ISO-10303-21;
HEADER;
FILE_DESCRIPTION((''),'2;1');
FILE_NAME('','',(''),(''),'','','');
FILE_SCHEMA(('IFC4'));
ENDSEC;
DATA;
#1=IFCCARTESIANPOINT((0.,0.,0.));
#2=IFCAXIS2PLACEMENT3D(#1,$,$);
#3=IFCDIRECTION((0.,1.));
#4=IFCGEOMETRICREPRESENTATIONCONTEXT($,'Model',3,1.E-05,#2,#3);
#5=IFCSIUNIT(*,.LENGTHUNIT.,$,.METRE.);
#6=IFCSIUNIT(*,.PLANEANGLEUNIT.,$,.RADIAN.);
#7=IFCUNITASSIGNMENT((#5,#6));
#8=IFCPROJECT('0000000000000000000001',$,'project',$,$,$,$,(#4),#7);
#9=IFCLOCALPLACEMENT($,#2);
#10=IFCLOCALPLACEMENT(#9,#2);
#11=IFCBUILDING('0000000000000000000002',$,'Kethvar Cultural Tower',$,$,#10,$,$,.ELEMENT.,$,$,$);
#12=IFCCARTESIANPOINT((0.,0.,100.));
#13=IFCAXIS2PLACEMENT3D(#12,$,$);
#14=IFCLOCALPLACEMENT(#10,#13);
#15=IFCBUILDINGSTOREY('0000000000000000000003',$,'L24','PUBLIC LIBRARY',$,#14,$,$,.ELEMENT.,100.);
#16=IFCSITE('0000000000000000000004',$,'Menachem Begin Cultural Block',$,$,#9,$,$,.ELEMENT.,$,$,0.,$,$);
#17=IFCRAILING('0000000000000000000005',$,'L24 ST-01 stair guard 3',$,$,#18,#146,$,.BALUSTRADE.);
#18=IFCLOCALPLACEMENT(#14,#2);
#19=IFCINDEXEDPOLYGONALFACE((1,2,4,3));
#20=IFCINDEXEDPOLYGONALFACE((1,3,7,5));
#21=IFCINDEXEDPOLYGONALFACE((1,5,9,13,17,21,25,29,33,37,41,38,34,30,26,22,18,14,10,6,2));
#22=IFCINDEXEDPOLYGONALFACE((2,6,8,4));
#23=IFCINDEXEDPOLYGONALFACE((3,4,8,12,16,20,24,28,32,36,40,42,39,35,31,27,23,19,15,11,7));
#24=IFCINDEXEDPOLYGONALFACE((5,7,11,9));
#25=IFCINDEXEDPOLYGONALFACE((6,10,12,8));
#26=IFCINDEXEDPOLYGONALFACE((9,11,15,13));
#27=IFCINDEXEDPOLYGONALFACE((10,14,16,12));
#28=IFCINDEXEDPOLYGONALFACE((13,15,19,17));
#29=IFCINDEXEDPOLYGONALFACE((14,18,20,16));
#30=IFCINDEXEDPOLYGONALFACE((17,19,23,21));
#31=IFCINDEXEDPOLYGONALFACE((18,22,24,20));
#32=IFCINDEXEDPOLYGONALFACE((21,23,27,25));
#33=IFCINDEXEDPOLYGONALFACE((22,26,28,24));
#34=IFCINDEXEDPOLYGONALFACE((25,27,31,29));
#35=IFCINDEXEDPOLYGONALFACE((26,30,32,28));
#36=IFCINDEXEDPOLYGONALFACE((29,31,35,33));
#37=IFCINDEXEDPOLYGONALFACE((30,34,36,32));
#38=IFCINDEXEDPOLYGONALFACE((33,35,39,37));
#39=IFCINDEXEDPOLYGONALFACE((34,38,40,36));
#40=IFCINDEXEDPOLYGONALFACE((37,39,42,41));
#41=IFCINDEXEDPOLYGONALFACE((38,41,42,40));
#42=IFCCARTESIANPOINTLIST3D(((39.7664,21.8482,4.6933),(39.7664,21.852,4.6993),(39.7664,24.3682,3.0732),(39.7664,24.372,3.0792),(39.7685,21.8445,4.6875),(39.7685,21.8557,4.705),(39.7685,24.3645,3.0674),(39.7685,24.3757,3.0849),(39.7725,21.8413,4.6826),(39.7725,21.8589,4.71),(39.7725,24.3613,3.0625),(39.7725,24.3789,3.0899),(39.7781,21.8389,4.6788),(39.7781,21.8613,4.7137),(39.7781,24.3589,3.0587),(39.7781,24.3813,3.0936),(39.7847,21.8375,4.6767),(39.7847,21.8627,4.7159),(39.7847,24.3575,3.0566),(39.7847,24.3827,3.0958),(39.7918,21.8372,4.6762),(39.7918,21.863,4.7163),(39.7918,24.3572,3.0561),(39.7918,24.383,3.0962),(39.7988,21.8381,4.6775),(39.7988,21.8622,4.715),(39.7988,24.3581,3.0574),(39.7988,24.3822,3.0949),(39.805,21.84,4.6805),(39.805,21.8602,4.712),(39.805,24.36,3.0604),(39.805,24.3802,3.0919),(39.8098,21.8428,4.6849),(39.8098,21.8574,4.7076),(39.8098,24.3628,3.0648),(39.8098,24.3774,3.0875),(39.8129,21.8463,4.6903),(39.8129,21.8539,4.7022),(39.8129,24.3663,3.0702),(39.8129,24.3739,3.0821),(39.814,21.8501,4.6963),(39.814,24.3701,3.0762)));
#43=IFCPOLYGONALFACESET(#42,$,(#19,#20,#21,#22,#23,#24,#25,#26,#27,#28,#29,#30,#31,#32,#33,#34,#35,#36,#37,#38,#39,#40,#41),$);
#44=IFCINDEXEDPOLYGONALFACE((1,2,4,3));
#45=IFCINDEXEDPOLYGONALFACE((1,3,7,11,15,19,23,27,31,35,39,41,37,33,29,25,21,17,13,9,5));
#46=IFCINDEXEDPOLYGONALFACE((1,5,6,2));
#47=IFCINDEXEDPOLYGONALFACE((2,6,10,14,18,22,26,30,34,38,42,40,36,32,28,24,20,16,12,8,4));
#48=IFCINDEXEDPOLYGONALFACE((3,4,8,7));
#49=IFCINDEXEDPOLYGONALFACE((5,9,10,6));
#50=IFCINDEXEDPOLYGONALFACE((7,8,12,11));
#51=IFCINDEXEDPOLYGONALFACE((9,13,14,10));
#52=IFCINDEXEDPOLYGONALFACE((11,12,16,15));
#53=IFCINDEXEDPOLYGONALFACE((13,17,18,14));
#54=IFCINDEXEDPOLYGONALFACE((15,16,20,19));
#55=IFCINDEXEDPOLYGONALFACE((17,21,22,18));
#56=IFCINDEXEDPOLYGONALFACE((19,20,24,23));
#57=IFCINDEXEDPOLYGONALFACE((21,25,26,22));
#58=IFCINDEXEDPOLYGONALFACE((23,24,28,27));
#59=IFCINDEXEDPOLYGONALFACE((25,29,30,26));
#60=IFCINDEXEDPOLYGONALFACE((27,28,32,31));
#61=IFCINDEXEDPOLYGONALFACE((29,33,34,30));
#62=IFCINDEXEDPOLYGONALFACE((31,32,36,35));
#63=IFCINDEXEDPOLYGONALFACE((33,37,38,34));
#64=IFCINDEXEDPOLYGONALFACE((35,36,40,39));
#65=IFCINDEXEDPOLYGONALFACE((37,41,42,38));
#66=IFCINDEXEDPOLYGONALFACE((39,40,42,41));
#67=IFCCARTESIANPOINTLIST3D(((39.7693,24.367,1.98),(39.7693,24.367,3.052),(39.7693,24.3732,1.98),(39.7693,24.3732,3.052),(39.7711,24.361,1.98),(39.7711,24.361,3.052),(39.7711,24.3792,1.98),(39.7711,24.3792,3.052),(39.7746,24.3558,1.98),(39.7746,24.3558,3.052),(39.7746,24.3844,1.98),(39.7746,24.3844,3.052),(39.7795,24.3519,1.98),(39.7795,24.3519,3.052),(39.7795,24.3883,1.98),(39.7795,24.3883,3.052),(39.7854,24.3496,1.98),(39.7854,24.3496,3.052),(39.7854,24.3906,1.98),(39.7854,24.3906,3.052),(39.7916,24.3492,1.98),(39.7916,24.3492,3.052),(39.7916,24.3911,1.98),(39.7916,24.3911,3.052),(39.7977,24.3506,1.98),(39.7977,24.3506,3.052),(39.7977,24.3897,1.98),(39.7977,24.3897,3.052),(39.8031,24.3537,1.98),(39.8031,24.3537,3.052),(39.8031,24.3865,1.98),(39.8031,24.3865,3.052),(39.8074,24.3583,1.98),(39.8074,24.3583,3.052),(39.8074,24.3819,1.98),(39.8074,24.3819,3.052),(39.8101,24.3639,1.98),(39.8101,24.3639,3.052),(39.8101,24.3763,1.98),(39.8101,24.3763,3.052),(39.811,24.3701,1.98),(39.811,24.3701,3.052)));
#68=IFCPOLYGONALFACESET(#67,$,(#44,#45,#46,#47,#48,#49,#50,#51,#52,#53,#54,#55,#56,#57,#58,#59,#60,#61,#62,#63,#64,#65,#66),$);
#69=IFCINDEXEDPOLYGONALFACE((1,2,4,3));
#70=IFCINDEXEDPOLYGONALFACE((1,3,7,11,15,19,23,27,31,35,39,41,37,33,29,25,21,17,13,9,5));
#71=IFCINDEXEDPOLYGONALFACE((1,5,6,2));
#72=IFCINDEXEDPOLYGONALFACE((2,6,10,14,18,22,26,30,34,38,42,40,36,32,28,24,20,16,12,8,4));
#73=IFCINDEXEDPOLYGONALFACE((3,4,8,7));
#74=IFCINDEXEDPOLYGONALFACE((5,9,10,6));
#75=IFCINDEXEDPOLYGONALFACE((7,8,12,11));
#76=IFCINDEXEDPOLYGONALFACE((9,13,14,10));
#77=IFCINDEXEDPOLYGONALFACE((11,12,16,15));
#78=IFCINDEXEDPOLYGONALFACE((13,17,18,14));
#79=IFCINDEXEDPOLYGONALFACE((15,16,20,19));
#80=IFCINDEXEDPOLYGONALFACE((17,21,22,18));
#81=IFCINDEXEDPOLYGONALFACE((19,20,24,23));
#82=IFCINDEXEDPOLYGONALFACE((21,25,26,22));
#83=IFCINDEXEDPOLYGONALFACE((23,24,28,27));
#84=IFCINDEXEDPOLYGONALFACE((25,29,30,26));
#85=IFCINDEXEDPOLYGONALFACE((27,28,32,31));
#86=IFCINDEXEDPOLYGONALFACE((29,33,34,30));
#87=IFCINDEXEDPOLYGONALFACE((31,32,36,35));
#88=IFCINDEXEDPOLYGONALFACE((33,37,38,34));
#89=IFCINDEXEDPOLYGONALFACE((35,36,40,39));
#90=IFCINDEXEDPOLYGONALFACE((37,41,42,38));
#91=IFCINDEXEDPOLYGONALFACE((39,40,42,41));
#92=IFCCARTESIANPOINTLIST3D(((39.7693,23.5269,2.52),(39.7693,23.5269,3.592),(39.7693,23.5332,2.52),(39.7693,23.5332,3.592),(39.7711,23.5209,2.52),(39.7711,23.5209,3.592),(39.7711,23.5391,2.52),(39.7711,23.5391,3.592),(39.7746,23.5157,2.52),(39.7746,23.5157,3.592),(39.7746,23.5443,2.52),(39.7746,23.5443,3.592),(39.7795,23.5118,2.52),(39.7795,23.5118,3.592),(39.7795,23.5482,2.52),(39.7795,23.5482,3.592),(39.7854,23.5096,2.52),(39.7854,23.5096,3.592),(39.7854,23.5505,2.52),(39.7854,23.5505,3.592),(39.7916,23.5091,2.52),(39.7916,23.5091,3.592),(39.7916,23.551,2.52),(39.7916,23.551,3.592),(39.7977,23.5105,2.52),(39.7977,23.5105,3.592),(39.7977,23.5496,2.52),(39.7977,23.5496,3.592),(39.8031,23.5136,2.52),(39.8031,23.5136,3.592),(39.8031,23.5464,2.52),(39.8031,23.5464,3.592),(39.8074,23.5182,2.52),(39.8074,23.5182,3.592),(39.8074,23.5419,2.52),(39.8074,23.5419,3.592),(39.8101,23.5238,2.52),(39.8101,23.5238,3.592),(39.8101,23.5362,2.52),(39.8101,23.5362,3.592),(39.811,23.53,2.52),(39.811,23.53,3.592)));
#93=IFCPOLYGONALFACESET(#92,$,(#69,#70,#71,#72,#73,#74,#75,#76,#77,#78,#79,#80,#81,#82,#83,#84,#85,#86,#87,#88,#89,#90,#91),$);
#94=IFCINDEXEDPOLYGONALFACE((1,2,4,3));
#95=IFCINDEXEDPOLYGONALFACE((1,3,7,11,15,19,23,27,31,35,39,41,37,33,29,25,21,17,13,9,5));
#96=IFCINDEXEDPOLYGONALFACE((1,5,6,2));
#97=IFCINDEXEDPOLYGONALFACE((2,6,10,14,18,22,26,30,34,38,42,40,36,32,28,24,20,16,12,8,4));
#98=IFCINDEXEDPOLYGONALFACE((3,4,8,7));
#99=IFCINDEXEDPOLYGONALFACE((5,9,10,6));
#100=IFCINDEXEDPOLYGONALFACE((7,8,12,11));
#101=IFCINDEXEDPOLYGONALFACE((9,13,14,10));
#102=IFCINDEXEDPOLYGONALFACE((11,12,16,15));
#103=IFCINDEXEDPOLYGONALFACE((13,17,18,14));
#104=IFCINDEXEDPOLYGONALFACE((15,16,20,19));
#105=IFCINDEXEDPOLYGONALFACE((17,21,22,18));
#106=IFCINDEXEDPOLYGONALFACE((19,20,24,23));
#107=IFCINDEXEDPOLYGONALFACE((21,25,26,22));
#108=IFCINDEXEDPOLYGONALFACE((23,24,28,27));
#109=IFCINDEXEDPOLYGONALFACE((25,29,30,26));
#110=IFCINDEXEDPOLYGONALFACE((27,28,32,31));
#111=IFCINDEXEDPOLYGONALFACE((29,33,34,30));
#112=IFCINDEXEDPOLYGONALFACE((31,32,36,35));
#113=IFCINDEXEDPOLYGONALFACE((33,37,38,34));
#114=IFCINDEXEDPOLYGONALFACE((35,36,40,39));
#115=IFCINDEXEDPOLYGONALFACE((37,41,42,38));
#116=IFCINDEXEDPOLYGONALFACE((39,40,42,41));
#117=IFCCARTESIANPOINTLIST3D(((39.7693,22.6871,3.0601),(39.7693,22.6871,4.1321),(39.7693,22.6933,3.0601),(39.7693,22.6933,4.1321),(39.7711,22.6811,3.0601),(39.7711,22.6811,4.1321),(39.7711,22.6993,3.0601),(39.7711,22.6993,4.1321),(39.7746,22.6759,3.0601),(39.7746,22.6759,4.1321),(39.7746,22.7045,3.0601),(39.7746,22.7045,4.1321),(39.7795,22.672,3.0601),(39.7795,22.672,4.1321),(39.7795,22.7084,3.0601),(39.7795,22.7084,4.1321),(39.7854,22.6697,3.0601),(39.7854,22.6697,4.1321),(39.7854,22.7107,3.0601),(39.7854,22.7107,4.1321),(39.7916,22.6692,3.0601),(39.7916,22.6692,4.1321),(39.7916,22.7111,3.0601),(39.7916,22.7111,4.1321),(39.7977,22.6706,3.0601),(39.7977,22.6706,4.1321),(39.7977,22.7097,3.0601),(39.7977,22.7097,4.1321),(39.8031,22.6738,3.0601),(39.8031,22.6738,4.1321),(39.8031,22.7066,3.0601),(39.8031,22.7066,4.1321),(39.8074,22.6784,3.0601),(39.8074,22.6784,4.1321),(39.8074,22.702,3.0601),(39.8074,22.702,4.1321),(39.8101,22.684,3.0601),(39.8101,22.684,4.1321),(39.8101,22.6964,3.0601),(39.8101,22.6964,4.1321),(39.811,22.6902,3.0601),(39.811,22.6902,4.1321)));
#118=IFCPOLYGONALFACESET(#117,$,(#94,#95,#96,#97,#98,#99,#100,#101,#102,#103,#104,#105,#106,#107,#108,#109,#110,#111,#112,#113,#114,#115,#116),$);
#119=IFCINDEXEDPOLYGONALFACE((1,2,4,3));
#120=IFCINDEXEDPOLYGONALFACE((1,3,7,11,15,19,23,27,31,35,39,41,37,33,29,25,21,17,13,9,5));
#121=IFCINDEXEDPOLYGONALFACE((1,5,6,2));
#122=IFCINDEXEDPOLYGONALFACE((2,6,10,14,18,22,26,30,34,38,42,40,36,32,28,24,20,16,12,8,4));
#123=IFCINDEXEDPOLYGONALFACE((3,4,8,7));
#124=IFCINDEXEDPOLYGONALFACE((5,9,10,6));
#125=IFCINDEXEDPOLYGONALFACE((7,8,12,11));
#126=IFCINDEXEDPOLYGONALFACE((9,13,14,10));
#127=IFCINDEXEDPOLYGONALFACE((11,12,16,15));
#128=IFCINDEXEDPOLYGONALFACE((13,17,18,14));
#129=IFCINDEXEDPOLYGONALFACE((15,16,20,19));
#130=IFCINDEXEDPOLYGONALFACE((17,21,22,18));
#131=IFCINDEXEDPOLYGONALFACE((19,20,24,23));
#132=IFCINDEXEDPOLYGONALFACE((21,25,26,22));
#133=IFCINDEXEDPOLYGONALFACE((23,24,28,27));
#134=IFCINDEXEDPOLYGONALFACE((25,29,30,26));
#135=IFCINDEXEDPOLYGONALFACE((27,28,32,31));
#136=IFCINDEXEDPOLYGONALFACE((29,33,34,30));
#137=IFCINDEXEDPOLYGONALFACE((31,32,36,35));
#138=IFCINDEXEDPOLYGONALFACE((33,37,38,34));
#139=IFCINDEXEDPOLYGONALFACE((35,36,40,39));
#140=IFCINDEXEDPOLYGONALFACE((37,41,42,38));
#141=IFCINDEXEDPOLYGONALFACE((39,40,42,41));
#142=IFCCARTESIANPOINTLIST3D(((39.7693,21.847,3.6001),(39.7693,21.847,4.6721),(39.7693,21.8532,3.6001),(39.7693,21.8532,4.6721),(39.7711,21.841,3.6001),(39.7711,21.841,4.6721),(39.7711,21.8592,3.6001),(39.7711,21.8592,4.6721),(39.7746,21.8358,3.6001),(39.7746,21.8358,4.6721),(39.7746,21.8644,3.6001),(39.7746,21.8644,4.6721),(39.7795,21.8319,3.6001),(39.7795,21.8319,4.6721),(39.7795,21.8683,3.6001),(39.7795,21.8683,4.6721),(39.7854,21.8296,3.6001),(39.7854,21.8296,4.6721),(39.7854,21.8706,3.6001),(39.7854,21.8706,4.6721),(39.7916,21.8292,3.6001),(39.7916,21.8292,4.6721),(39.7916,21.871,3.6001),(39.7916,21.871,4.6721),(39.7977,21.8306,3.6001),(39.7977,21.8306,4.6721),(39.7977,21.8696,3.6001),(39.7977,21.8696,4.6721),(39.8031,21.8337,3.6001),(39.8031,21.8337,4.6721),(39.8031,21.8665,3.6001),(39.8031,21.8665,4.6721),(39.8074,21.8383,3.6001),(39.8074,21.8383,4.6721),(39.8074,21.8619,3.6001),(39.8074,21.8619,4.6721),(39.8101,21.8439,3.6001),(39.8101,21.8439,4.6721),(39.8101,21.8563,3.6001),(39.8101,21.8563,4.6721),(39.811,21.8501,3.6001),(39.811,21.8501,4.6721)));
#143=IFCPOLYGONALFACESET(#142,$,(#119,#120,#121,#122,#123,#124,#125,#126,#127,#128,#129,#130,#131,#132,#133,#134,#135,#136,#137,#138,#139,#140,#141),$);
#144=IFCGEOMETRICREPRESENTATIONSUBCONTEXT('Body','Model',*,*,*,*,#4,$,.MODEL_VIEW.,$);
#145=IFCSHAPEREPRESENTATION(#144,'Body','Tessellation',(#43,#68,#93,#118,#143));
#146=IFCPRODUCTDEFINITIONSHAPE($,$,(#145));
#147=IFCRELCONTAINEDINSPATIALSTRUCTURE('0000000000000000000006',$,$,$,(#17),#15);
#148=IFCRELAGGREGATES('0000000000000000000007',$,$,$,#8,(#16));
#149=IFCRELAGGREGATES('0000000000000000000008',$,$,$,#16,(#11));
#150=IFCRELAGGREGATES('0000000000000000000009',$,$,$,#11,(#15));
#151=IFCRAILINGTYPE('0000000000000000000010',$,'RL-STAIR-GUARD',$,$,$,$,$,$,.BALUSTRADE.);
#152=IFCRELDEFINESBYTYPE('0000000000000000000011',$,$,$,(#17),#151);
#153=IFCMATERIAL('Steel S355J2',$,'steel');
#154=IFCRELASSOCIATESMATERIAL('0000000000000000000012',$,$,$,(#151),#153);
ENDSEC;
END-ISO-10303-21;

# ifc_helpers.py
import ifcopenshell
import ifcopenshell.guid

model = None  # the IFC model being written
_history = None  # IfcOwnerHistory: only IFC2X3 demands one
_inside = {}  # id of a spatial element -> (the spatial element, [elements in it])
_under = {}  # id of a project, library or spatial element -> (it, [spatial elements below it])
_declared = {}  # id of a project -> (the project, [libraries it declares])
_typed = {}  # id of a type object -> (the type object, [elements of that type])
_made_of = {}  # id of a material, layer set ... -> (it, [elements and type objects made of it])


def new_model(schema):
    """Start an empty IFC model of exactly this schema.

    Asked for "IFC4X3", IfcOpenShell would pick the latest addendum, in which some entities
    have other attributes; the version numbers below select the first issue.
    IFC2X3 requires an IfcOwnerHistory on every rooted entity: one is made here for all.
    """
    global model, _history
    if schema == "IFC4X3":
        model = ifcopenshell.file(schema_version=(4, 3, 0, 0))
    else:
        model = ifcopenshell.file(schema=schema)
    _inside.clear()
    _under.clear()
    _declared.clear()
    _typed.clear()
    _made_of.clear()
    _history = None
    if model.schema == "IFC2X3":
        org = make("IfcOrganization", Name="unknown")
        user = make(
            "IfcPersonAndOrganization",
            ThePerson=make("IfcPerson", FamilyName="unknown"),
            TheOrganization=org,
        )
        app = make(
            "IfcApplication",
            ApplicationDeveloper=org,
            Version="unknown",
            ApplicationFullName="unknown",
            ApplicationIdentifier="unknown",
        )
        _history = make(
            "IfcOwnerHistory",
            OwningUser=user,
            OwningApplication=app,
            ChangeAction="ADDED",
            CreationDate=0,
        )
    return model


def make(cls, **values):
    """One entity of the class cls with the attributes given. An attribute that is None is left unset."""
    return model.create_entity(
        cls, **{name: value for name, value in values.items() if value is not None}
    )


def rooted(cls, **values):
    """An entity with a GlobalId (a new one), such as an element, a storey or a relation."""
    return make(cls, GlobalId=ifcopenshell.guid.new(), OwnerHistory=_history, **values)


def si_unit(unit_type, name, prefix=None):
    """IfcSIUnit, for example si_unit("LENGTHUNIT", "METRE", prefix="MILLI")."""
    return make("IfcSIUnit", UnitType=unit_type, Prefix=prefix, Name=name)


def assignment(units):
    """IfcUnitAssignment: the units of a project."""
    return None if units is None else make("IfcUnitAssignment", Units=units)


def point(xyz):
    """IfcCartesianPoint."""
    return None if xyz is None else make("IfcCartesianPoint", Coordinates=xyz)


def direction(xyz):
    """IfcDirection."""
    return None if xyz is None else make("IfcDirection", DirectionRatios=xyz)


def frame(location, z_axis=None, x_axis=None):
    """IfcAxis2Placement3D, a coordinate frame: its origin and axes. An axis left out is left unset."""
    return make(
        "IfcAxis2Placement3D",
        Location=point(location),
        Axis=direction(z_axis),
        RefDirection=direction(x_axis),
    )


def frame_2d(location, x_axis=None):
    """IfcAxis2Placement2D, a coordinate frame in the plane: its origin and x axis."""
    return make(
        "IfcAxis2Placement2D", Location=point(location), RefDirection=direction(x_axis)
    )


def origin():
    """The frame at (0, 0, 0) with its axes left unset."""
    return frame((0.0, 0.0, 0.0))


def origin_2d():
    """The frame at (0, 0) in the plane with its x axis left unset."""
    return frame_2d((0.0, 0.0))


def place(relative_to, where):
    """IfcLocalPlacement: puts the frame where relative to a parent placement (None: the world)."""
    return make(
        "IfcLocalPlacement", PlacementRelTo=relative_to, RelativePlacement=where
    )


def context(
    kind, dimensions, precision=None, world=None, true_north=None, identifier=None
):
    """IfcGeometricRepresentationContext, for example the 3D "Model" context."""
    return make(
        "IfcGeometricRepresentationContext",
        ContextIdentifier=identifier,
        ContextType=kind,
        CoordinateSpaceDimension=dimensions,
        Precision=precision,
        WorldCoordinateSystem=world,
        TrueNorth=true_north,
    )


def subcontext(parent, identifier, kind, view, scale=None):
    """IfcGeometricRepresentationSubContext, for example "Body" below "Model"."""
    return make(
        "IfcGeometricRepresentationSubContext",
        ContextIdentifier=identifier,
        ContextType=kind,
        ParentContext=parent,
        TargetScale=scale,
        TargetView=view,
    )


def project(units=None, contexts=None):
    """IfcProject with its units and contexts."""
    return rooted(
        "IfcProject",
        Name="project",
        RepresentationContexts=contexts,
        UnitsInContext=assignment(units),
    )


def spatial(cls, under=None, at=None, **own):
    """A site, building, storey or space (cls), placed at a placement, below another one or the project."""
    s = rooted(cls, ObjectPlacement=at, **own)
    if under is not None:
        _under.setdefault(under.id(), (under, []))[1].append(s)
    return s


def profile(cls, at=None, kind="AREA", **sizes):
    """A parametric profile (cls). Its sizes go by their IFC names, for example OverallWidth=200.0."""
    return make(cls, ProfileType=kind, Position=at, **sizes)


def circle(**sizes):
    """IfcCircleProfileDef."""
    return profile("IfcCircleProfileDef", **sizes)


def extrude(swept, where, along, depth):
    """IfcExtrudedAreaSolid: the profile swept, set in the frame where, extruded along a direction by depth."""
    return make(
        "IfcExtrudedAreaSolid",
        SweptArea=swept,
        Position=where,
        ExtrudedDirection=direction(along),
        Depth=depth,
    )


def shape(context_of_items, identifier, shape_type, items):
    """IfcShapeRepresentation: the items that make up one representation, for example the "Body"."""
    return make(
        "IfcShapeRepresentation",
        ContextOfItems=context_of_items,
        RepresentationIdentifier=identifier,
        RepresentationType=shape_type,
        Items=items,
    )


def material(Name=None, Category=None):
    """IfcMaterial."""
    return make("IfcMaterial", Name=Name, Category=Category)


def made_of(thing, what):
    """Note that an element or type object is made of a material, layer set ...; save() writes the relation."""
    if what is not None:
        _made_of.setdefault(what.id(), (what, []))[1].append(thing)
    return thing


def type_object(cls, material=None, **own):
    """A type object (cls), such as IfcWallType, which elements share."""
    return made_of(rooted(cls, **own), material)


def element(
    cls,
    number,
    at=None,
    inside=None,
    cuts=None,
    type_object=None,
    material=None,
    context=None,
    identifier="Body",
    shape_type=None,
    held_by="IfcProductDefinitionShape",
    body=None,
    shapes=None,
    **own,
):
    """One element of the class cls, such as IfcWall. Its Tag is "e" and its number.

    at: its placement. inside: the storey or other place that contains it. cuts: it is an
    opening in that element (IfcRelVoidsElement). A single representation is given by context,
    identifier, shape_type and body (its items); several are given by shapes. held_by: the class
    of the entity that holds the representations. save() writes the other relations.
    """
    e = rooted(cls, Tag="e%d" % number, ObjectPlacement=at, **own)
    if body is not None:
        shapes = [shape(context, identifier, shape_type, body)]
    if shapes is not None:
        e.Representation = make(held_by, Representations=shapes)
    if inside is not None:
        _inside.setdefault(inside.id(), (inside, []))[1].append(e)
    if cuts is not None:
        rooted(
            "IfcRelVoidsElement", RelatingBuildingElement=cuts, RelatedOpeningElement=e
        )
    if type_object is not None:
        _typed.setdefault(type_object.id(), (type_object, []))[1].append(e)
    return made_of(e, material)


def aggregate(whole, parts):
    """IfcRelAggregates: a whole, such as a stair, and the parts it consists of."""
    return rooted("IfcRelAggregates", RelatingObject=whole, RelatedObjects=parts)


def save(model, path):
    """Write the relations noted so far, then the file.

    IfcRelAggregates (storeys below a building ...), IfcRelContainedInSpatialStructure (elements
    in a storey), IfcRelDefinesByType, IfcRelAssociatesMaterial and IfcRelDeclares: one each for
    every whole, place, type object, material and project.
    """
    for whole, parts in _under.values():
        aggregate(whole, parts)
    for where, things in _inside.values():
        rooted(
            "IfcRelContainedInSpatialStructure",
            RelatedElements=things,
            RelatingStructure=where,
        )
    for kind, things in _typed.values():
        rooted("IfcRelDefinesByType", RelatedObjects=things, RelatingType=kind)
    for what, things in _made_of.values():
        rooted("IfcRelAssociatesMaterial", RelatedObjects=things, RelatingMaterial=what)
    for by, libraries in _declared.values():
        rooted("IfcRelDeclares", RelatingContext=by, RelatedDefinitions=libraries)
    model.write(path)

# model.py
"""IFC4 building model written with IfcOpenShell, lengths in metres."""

from ifc_helpers import new_model, si_unit, direction, frame, origin, origin_2d, place, context, subcontext, project, spatial, circle, extrude, material, type_object, element, save


model = new_model("IFC4")

# Units and contexts
model_context = context("Model", 3, precision=1e-05, world=origin(), true_north=direction((0.0, 1.0)))
body_context = subcontext(model_context, "Body", "Model", "MODEL_VIEW")
ifc_project = project(units=[si_unit("LENGTHUNIT", "METRE"), si_unit("PLANEANGLEUNIT", "RADIAN")], contexts=[model_context])

# Site, building, storey
site_placement = place(None, origin())
site = spatial("IfcSite", under=ifc_project, at=site_placement, Name="Menachem Begin Cultural Block", CompositionType="ELEMENT", RefElevation=0.0)
building_placement = place(site_placement, origin())
building = spatial("IfcBuilding", under=site, at=building_placement, Name="Kethvar Cultural Tower", CompositionType="ELEMENT")
storey_placement = place(building_placement, frame((0.0, 0.0, 100.0)))
storey = spatial("IfcBuildingStorey", under=building, at=storey_placement, Name="L24", Description="PUBLIC LIBRARY", CompositionType="ELEMENT", Elevation=100.0)

# Shared definitions
ifc_material_1 = material(Name="Steel S355J2", Category="steel")

# Railing
railing_type_1 = type_object("IfcRailingType", Name="RL-STAIR-GUARD", PredefinedType="BALUSTRADE", material=ifc_material_1)
railing_1_placement = place(storey_placement, frame((39.79, 24.3701, 1.98)))
element("IfcRailing", 1, at=railing_1_placement, inside=storey, type_object=railing_type_1, Name="L24 ST-01 stair guard 3", PredefinedType="BALUSTRADE", context=body_context, shape_type="SweptSolid", body=[
    extrude(circle(Radius=0.0239, at=origin_2d()), frame((0.0, 0.0, 1.0962), z_axis=(0.0, -0.841163, 0.540782), x_axis=(1.0, 0.0, 0.0)), (0.0, 0.0, 1.0), 2.9958),
    extrude(circle(Radius=0.021, at=origin_2d()), origin(), (0.0, 0.0, 1.0), 1.072),
    extrude(circle(Radius=0.021, at=origin_2d()), frame((0.0, -0.8401, 0.54)), (0.0, 0.0, 1.0), 1.072),
    extrude(circle(Radius=0.021, at=origin_2d()), frame((0.0, -1.6799, 1.0801)), (0.0, 0.0, 1.0), 1.072),
    extrude(circle(Radius=0.021, at=origin_2d()), frame((0.0, -2.52, 1.6201)), (0.0, 0.0, 1.0), 1.072),
])

save(model, "model.ifc")
